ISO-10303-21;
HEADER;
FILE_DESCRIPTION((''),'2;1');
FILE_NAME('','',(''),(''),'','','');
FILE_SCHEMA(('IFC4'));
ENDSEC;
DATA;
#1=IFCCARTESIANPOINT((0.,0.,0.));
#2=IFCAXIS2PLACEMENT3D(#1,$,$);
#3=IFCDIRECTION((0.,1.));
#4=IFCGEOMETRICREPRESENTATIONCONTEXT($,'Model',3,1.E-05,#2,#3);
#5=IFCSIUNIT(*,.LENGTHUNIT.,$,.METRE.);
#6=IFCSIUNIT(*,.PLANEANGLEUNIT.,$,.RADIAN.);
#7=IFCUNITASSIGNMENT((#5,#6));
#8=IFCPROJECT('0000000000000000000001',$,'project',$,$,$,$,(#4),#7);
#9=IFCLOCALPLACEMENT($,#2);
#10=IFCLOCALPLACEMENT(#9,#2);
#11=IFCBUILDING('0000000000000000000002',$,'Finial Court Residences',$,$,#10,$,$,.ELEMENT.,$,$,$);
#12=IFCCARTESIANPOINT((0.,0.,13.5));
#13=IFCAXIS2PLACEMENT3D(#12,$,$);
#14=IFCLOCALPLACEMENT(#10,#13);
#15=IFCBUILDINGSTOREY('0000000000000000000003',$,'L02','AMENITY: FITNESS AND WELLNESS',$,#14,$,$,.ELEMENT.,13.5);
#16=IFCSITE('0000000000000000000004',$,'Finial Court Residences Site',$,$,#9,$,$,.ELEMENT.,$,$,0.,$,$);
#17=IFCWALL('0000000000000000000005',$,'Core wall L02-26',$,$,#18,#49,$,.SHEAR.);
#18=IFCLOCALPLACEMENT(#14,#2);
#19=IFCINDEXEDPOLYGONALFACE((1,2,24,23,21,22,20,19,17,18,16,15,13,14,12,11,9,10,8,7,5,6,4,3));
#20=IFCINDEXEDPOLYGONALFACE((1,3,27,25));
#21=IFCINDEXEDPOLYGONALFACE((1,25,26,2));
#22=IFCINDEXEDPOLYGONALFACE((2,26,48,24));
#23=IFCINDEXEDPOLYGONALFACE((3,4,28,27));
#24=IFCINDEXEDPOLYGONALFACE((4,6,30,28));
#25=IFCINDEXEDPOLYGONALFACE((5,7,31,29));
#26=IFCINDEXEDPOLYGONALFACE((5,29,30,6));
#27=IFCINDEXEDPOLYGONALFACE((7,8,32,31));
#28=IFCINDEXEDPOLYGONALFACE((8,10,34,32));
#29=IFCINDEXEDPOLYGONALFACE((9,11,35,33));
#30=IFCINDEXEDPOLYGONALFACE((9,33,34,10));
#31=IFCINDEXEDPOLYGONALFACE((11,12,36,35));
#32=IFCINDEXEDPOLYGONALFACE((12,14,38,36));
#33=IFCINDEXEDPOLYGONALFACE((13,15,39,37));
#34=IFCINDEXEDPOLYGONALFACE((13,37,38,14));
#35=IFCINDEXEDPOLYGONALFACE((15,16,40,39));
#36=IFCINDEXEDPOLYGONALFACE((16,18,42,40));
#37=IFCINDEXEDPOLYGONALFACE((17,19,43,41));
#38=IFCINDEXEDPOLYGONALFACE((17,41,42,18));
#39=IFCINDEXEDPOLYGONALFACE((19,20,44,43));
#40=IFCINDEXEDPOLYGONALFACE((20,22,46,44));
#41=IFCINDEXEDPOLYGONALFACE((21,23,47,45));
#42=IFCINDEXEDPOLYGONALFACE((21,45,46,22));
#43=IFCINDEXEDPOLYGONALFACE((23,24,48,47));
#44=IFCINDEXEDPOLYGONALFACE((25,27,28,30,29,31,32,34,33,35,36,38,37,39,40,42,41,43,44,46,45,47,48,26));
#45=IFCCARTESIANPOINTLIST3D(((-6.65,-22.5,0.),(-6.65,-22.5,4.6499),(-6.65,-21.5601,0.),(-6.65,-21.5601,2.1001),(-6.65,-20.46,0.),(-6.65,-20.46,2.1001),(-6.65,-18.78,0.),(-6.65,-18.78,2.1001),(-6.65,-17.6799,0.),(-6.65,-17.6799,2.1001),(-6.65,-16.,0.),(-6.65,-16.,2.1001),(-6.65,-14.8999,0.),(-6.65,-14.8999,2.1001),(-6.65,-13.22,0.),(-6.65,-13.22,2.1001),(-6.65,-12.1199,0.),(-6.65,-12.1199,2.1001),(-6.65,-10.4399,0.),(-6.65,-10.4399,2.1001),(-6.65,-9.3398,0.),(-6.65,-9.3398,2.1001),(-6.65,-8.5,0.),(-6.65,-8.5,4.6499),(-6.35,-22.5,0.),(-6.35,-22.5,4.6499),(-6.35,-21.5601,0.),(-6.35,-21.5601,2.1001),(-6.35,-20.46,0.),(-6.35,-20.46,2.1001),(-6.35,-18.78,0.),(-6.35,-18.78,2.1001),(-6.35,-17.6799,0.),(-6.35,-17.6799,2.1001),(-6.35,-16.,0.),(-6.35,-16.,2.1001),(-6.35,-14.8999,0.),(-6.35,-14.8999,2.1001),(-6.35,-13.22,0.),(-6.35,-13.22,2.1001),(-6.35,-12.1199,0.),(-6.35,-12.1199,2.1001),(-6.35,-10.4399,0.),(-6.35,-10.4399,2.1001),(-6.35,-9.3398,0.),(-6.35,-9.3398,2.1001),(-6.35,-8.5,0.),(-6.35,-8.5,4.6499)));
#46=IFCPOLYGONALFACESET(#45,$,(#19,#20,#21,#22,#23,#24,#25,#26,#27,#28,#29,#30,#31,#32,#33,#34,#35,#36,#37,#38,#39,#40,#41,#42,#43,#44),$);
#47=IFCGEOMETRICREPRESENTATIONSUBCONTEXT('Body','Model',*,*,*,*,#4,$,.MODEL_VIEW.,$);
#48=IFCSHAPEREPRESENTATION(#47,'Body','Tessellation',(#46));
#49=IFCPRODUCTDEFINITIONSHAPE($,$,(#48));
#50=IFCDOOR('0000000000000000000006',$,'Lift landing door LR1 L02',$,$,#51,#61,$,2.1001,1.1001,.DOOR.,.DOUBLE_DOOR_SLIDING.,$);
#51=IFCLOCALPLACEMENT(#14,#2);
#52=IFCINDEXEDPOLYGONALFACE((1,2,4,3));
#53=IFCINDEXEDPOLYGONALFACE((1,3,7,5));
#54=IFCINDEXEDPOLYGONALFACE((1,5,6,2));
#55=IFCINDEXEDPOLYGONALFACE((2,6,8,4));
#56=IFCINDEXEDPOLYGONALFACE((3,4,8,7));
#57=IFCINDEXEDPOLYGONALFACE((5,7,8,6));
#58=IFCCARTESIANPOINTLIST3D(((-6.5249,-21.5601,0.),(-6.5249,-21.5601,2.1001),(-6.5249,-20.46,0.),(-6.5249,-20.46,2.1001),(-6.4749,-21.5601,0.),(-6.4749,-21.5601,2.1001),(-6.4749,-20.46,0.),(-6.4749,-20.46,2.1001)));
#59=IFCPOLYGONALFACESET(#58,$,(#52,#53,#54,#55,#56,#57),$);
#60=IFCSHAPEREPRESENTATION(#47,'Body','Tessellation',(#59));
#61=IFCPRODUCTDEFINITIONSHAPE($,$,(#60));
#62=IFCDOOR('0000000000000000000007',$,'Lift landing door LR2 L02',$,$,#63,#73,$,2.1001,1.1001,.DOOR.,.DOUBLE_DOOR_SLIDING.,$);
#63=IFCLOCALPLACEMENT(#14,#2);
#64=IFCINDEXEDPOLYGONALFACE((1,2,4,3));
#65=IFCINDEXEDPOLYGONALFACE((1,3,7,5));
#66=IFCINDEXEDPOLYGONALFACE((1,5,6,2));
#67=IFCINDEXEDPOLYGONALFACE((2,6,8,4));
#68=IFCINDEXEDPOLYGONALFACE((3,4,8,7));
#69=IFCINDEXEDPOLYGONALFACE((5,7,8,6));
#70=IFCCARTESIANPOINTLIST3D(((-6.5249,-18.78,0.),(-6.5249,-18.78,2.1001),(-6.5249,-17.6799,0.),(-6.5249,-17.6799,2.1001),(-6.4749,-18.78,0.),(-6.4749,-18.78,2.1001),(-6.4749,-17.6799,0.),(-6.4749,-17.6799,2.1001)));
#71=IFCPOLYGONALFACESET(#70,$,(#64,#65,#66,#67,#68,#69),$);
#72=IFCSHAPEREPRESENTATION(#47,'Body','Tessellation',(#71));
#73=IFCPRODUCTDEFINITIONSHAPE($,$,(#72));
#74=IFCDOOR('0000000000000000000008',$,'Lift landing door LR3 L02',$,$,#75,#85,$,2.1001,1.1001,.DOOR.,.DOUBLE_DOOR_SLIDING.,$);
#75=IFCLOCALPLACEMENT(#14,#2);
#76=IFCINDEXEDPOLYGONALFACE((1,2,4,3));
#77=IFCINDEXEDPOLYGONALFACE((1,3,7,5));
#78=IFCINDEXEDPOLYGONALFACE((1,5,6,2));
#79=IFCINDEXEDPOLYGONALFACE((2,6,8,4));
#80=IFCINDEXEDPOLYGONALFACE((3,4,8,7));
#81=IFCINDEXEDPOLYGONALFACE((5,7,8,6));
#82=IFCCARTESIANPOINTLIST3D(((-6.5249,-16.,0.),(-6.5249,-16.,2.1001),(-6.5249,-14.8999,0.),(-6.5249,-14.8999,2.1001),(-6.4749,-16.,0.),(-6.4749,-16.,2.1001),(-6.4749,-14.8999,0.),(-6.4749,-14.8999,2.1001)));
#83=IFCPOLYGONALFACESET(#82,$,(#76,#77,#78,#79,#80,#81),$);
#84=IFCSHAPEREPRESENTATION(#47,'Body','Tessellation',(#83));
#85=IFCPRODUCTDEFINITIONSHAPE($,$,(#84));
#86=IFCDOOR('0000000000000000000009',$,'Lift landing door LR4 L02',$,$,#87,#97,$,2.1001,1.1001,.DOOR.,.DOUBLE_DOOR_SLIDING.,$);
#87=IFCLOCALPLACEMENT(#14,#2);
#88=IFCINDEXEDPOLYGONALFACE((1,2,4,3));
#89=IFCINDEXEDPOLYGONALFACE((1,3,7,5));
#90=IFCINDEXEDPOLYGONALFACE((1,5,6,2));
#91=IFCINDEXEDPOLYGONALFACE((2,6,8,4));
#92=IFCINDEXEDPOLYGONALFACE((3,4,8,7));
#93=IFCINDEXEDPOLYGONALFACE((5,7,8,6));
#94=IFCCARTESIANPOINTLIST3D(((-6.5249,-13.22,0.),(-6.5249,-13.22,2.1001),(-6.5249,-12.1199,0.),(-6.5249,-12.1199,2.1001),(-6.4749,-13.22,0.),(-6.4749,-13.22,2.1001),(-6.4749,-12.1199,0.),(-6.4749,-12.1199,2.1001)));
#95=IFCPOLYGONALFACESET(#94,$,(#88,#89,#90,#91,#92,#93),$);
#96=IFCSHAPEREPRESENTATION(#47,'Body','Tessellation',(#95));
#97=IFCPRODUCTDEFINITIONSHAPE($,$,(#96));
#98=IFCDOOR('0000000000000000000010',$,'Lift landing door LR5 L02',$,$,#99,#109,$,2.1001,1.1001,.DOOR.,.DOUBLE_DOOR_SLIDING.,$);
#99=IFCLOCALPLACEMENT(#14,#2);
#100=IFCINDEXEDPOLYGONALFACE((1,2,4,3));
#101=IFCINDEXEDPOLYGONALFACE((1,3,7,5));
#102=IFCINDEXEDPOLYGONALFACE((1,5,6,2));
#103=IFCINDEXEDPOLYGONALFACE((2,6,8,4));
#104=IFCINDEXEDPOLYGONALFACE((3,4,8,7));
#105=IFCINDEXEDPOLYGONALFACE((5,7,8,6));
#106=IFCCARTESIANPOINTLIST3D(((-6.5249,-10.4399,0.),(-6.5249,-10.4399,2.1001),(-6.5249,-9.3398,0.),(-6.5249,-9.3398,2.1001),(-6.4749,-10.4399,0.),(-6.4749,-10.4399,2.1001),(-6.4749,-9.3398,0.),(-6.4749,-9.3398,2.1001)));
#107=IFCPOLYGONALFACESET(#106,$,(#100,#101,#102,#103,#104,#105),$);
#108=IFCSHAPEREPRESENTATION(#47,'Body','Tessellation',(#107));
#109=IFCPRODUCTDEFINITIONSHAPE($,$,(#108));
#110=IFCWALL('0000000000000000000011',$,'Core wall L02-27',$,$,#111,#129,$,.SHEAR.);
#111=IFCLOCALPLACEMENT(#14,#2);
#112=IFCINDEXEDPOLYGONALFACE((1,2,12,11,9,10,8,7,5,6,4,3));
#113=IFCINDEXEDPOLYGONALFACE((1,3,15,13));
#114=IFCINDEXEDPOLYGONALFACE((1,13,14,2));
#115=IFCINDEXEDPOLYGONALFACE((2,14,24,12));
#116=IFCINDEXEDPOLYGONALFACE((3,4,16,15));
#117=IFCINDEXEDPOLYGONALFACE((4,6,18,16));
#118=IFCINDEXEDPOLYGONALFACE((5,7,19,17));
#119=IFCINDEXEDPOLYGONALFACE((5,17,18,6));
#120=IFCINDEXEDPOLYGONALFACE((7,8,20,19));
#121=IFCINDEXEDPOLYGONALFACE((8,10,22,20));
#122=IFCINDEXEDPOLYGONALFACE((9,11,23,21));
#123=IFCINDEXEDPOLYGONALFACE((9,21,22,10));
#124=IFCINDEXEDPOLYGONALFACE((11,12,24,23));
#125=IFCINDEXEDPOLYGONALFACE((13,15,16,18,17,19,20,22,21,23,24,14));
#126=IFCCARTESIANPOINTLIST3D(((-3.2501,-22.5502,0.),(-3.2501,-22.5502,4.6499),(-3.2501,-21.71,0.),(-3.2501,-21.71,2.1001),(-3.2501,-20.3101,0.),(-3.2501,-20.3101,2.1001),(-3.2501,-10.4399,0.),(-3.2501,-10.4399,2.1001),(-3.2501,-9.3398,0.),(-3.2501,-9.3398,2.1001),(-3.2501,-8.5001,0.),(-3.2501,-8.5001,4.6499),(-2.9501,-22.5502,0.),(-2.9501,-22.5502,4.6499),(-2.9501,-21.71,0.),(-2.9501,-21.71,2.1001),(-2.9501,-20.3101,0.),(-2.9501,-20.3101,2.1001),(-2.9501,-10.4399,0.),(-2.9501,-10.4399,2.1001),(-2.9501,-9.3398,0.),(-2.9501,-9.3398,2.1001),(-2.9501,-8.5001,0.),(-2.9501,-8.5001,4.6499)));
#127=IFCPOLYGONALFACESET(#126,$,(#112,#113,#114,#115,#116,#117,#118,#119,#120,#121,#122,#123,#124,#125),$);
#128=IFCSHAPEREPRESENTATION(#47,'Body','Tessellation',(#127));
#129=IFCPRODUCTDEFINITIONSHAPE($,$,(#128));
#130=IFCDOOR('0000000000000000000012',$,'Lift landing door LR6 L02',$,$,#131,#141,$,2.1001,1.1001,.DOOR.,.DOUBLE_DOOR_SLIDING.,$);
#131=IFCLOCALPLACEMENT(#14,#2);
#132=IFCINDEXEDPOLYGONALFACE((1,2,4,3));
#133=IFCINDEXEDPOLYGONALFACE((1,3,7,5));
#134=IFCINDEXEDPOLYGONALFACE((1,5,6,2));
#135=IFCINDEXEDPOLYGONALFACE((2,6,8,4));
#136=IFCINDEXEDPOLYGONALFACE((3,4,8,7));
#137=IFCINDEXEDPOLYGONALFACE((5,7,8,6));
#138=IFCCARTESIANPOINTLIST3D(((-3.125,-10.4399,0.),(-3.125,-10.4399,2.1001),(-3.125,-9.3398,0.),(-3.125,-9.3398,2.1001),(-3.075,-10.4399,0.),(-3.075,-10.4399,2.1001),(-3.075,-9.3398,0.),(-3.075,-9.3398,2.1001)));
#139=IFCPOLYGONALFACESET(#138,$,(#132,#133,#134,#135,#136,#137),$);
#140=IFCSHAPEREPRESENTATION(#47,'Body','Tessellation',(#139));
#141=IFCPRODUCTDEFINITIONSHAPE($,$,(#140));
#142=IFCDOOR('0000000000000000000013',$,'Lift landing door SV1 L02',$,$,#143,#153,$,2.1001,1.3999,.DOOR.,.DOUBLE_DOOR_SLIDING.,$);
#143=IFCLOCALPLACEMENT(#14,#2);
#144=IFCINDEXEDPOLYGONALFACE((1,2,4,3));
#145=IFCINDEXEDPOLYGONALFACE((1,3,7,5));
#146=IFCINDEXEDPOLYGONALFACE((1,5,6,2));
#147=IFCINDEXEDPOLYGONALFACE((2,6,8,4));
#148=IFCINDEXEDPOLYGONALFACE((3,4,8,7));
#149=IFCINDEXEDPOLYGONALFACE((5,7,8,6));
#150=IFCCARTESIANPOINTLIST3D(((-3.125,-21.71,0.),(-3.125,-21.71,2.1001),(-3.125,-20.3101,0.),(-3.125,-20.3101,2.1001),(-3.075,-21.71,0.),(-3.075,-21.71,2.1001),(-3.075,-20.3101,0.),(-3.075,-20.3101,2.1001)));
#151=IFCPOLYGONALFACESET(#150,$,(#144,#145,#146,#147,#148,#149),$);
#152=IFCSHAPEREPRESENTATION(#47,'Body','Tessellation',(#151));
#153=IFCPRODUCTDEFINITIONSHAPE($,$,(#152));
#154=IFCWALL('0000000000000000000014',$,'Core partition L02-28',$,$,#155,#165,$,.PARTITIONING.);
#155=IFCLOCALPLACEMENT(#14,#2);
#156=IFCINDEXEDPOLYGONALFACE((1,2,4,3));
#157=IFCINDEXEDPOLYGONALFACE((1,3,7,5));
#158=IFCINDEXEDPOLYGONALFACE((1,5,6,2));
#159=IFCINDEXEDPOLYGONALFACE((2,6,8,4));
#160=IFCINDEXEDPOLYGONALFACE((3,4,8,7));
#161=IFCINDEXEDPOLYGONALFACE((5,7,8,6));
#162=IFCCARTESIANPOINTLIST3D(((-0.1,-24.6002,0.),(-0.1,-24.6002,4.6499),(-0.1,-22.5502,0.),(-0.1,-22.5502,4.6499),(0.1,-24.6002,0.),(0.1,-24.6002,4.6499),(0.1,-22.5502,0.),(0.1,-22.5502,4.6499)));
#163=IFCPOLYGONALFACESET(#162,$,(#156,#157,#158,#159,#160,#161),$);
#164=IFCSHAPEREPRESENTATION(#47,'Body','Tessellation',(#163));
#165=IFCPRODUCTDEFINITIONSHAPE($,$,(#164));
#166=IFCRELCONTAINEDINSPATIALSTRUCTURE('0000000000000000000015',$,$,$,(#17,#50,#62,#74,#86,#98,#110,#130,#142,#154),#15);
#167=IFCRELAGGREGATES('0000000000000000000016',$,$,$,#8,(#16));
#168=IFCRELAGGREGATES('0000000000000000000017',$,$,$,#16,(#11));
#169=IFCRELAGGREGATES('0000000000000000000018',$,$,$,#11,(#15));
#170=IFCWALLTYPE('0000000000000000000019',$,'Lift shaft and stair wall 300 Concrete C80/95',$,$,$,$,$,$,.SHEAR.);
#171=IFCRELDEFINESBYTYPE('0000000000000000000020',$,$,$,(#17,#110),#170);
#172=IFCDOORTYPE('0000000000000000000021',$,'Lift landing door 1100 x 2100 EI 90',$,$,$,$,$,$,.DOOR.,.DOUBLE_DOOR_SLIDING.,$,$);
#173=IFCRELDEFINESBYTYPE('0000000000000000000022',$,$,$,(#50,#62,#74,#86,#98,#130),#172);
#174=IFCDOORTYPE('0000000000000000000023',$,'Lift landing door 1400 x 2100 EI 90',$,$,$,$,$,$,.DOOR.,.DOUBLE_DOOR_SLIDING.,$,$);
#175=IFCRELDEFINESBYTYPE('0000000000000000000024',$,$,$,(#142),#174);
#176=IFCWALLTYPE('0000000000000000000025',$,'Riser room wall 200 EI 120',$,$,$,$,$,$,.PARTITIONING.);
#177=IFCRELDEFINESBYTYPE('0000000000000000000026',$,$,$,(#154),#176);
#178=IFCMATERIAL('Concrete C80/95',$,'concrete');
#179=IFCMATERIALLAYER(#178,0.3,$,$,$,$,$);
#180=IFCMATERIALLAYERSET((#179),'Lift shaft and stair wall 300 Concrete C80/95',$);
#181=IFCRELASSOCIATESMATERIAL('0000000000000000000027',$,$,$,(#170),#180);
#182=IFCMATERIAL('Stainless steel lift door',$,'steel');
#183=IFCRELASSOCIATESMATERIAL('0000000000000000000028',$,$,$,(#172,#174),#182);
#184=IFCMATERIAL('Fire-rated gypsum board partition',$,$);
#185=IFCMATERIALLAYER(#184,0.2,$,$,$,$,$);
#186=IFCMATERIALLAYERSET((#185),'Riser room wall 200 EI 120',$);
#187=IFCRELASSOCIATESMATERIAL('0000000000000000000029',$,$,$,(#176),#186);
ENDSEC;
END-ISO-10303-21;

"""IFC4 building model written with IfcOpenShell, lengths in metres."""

from ifc_helpers import new_model, si_unit, direction, frame, frame_2d, origin, place, context, subcontext, project, spatial, rectangle, extrude, material, layer, layer_set, type_object, element, fill, save


model = new_model("IFC4")

# Units and contexts
model_context = context("Model", 3, precision=1e-05, world=origin(), true_north=direction((0.0, 1.0)))
body_context = subcontext(model_context, "Body", "Model", "MODEL_VIEW")
ifc_project = project(units=[si_unit("LENGTHUNIT", "METRE"), si_unit("PLANEANGLEUNIT", "RADIAN")], contexts=[model_context])

# Site, building, storey
site_placement = place(None, origin())
site = spatial("IfcSite", under=ifc_project, at=site_placement, Name="Finial Court Residences Site", CompositionType="ELEMENT", RefElevation=0.0)
building_placement = place(site_placement, origin())
building = spatial("IfcBuilding", under=site, at=building_placement, Name="Finial Court Residences", CompositionType="ELEMENT")
storey_placement = place(building_placement, frame((0.0, 0.0, 13.5)))
storey = spatial("IfcBuildingStorey", under=building, at=storey_placement, Name="L02", Description="AMENITY: FITNESS AND WELLNESS", CompositionType="ELEMENT", Elevation=13.5)

# Shared definitions
ifc_material_1 = material(Name="Fire-rated gypsum board partition")

# Shared definitions
ifc_material_2 = material(Name="Concrete C80/95", Category="concrete")
ifc_layer_1 = layer(ifc_material_2, 0.3)
ifc_layer_set_1 = layer_set([ifc_layer_1], Name="Lift shaft and stair wall 300 Concrete C80/95")
wall_type_1 = type_object("IfcWallType", Name="Lift shaft and stair wall 300 Concrete C80/95", PredefinedType="SHEAR", material=ifc_layer_set_1)

# Walls, openings, doors
wall_1_placement = place(storey_placement, frame((-6.5, -22.5, 0.0), z_axis=(0.0, 0.0, 1.0), x_axis=(0.0, 1.0, 0.0)))
wall_1 = element("IfcWall", 1, at=wall_1_placement, inside=storey, type_object=wall_type_1, Name="Core wall L02-26", PredefinedType="SHEAR", context=body_context, shape_type="SweptSolid", body=[
    extrude(rectangle(XDim=14.0, YDim=0.3, at=frame_2d((7.0, 0.0))), origin(), (0.0, 0.0, 1.0), 4.6499),
])
opening_1_placement = place(wall_1_placement, frame((0.9399, 0.0, 0.0)))
opening_1 = element("IfcOpeningElement", 2, at=opening_1_placement, cuts=wall_1, PredefinedType="OPENING", context=body_context, shape_type="SweptSolid", body=[
    extrude(rectangle(XDim=1.1001, YDim=2.1001, at=frame_2d((0.55, 1.05))), frame((0.0, 0.1599, 0.0), z_axis=(0.0, -1.0, 0.0), x_axis=(1.0, 0.0, 0.0)), (0.0, 0.0, 1.0), 0.3201),
])
opening_2_placement = place(wall_1_placement, frame((3.72, 0.0, 0.0)))
opening_2 = element("IfcOpeningElement", 3, at=opening_2_placement, cuts=wall_1, PredefinedType="OPENING", context=body_context, shape_type="SweptSolid", body=[
    extrude(rectangle(XDim=1.1001, YDim=2.1001, at=frame_2d((0.55, 1.05))), frame((0.0, 0.1599, 0.0), z_axis=(0.0, -1.0, 0.0), x_axis=(1.0, 0.0, 0.0)), (0.0, 0.0, 1.0), 0.3201),
])
opening_3_placement = place(wall_1_placement, frame((6.5, 0.0, 0.0)))
opening_3 = element("IfcOpeningElement", 4, at=opening_3_placement, cuts=wall_1, PredefinedType="OPENING", context=body_context, shape_type="SweptSolid", body=[
    extrude(rectangle(XDim=1.1001, YDim=2.1001, at=frame_2d((0.55, 1.05))), frame((0.0, 0.1599, 0.0), z_axis=(0.0, -1.0, 0.0), x_axis=(1.0, 0.0, 0.0)), (0.0, 0.0, 1.0), 0.3201),
])
opening_4_placement = place(wall_1_placement, frame((9.28, 0.0, 0.0)))
opening_4 = element("IfcOpeningElement", 5, at=opening_4_placement, cuts=wall_1, PredefinedType="OPENING", context=body_context, shape_type="SweptSolid", body=[
    extrude(rectangle(XDim=1.1001, YDim=2.1001, at=frame_2d((0.55, 1.05))), frame((0.0, 0.1599, 0.0), z_axis=(0.0, -1.0, 0.0), x_axis=(1.0, 0.0, 0.0)), (0.0, 0.0, 1.0), 0.3201),
])
opening_5_placement = place(wall_1_placement, frame((12.0601, 0.0, 0.0)))
opening_5 = element("IfcOpeningElement", 6, at=opening_5_placement, cuts=wall_1, PredefinedType="OPENING", context=body_context, shape_type="SweptSolid", body=[
    extrude(rectangle(XDim=1.1001, YDim=2.1001, at=frame_2d((0.55, 1.05))), frame((0.0, 0.1599, 0.0), z_axis=(0.0, -1.0, 0.0), x_axis=(1.0, 0.0, 0.0)), (0.0, 0.0, 1.0), 0.3201),
])
ifc_material_3 = material(Name="Stainless steel lift door", Category="steel")
door_type_1 = type_object("IfcDoorType", Name="Lift landing door 1100 x 2100 EI 90", OperationType="DOUBLE_DOOR_SLIDING", PredefinedType="DOOR", material=ifc_material_3)
door_1_placement = place(opening_1_placement, origin())
door_1 = element("IfcDoor", 7, at=door_1_placement, inside=storey, type_object=door_type_1, Name="Lift landing door LR1 L02", OperationType="DOUBLE_DOOR_SLIDING", OverallHeight=2.1001, OverallWidth=1.1001, PredefinedType="DOOR", context=body_context, shape_type="SweptSolid", body=[
    extrude(rectangle(XDim=1.1001, YDim=2.1001, at=frame_2d((0.55, 1.05))), frame((0.0, 0.0249, 0.0), z_axis=(0.0, -1.0, 0.0), x_axis=(1.0, 0.0, 0.0)), (0.0, 0.0, 1.0), 0.05),
])
fill(opening_1, door_1)
door_2_placement = place(opening_2_placement, origin())
door_2 = element("IfcDoor", 8, at=door_2_placement, inside=storey, type_object=door_type_1, Name="Lift landing door LR2 L02", OperationType="DOUBLE_DOOR_SLIDING", OverallHeight=2.1001, OverallWidth=1.1001, PredefinedType="DOOR", context=body_context, shape_type="SweptSolid", body=[
    extrude(rectangle(XDim=1.1001, YDim=2.1001, at=frame_2d((0.55, 1.05))), frame((0.0, 0.0249, 0.0), z_axis=(0.0, -1.0, 0.0), x_axis=(1.0, 0.0, 0.0)), (0.0, 0.0, 1.0), 0.05),
])
fill(opening_2, door_2)
door_3_placement = place(opening_3_placement, origin())
door_3 = element("IfcDoor", 9, at=door_3_placement, inside=storey, type_object=door_type_1, Name="Lift landing door LR3 L02", OperationType="DOUBLE_DOOR_SLIDING", OverallHeight=2.1001, OverallWidth=1.1001, PredefinedType="DOOR", context=body_context, shape_type="SweptSolid", body=[
    extrude(rectangle(XDim=1.1001, YDim=2.1001, at=frame_2d((0.55, 1.05))), frame((0.0, 0.0249, 0.0), z_axis=(0.0, -1.0, 0.0), x_axis=(1.0, 0.0, 0.0)), (0.0, 0.0, 1.0), 0.05),
])
fill(opening_3, door_3)
door_4_placement = place(opening_4_placement, origin())
door_4 = element("IfcDoor", 10, at=door_4_placement, inside=storey, type_object=door_type_1, Name="Lift landing door LR4 L02", OperationType="DOUBLE_DOOR_SLIDING", OverallHeight=2.1001, OverallWidth=1.1001, PredefinedType="DOOR", context=body_context, shape_type="SweptSolid", body=[
    extrude(rectangle(XDim=1.1001, YDim=2.1001, at=frame_2d((0.55, 1.05))), frame((0.0, 0.0249, 0.0), z_axis=(0.0, -1.0, 0.0), x_axis=(1.0, 0.0, 0.0)), (0.0, 0.0, 1.0), 0.05),
])
fill(opening_4, door_4)
door_5_placement = place(opening_5_placement, origin())
door_5 = element("IfcDoor", 11, at=door_5_placement, inside=storey, type_object=door_type_1, Name="Lift landing door LR5 L02", OperationType="DOUBLE_DOOR_SLIDING", OverallHeight=2.1001, OverallWidth=1.1001, PredefinedType="DOOR", context=body_context, shape_type="SweptSolid", body=[
    extrude(rectangle(XDim=1.1001, YDim=2.1001, at=frame_2d((0.55, 1.05))), frame((0.0, 0.0249, 0.0), z_axis=(0.0, -1.0, 0.0), x_axis=(1.0, 0.0, 0.0)), (0.0, 0.0, 1.0), 0.05),
])
fill(opening_5, door_5)
wall_2_placement = place(storey_placement, frame((-3.1001, -22.55, 0.0), z_axis=(0.0, 0.0, 1.0), x_axis=(0.0, 1.0, 0.0)))
wall_2 = element("IfcWall", 12, at=wall_2_placement, inside=storey, type_object=wall_type_1, Name="Core wall L02-27", PredefinedType="SHEAR", context=body_context, shape_type="SweptSolid", body=[
    extrude(rectangle(XDim=14.05, YDim=0.3, at=frame_2d((7.0249, 0.0))), origin(), (0.0, 0.0, 1.0), 4.6499),
])
opening_6_placement = place(wall_2_placement, frame((12.1101, 0.0, 0.0)))
opening_6 = element("IfcOpeningElement", 13, at=opening_6_placement, cuts=wall_2, PredefinedType="OPENING", context=body_context, shape_type="SweptSolid", body=[
    extrude(rectangle(XDim=1.1001, YDim=2.1001, at=frame_2d((0.55, 1.05))), frame((0.0, 0.1599, 0.0), z_axis=(0.0, -1.0, 0.0), x_axis=(1.0, 0.0, 0.0)), (0.0, 0.0, 1.0), 0.3201),
])
opening_7_placement = place(wall_2_placement, frame((0.8401, 0.0, 0.0)))
opening_7 = element("IfcOpeningElement", 14, at=opening_7_placement, cuts=wall_2, PredefinedType="OPENING", context=body_context, shape_type="SweptSolid", body=[
    extrude(rectangle(XDim=1.3999, YDim=2.1001, at=frame_2d((0.7, 1.05))), frame((0.0, 0.1599, 0.0), z_axis=(0.0, -1.0, 0.0), x_axis=(1.0, 0.0, 0.0)), (0.0, 0.0, 1.0), 0.3201),
])
door_6_placement = place(opening_6_placement, origin())
door_6 = element("IfcDoor", 15, at=door_6_placement, inside=storey, type_object=door_type_1, Name="Lift landing door LR6 L02", OperationType="DOUBLE_DOOR_SLIDING", OverallHeight=2.1001, OverallWidth=1.1001, PredefinedType="DOOR", context=body_context, shape_type="SweptSolid", body=[
    extrude(rectangle(XDim=1.1001, YDim=2.1001, at=frame_2d((0.55, 1.05))), frame((0.0, 0.0249, 0.0), z_axis=(0.0, -1.0, 0.0), x_axis=(1.0, 0.0, 0.0)), (0.0, 0.0, 1.0), 0.05),
])
fill(opening_6, door_6)
door_type_2 = type_object("IfcDoorType", Name="Lift landing door 1400 x 2100 EI 90", OperationType="DOUBLE_DOOR_SLIDING", PredefinedType="DOOR", material=ifc_material_3)
door_7_placement = place(opening_7_placement, origin())
door_7 = element("IfcDoor", 16, at=door_7_placement, inside=storey, type_object=door_type_2, Name="Lift landing door SV1 L02", OperationType="DOUBLE_DOOR_SLIDING", OverallHeight=2.1001, OverallWidth=1.3999, PredefinedType="DOOR", context=body_context, shape_type="SweptSolid", body=[
    extrude(rectangle(XDim=1.3999, YDim=2.1001, at=frame_2d((0.7, 1.05))), frame((0.0, 0.0249, 0.0), z_axis=(0.0, -1.0, 0.0), x_axis=(1.0, 0.0, 0.0)), (0.0, 0.0, 1.0), 0.05),
])
fill(opening_7, door_7)

# Wall
ifc_layer_2 = layer(ifc_material_1, 0.2)
ifc_layer_set_2 = layer_set([ifc_layer_2], Name="Riser room wall 200 EI 120")
wall_type_2 = type_object("IfcWallType", Name="Riser room wall 200 EI 120", PredefinedType="PARTITIONING", material=ifc_layer_set_2)
wall_3_placement = place(storey_placement, frame((0.0, -24.6001, 0.0), z_axis=(0.0, 0.0, 1.0), x_axis=(0.0, 1.0, 0.0)))
element("IfcWall", 17, at=wall_3_placement, inside=storey, type_object=wall_type_2, Name="Core partition L02-28", PredefinedType="PARTITIONING", context=body_context, shape_type="SweptSolid", body=[
    extrude(rectangle(XDim=2.05, YDim=0.2, at=frame_2d((1.0249, 0.0))), origin(), (0.0, 0.0, 1.0), 4.6499),
])

save(model, "model.ifc")
